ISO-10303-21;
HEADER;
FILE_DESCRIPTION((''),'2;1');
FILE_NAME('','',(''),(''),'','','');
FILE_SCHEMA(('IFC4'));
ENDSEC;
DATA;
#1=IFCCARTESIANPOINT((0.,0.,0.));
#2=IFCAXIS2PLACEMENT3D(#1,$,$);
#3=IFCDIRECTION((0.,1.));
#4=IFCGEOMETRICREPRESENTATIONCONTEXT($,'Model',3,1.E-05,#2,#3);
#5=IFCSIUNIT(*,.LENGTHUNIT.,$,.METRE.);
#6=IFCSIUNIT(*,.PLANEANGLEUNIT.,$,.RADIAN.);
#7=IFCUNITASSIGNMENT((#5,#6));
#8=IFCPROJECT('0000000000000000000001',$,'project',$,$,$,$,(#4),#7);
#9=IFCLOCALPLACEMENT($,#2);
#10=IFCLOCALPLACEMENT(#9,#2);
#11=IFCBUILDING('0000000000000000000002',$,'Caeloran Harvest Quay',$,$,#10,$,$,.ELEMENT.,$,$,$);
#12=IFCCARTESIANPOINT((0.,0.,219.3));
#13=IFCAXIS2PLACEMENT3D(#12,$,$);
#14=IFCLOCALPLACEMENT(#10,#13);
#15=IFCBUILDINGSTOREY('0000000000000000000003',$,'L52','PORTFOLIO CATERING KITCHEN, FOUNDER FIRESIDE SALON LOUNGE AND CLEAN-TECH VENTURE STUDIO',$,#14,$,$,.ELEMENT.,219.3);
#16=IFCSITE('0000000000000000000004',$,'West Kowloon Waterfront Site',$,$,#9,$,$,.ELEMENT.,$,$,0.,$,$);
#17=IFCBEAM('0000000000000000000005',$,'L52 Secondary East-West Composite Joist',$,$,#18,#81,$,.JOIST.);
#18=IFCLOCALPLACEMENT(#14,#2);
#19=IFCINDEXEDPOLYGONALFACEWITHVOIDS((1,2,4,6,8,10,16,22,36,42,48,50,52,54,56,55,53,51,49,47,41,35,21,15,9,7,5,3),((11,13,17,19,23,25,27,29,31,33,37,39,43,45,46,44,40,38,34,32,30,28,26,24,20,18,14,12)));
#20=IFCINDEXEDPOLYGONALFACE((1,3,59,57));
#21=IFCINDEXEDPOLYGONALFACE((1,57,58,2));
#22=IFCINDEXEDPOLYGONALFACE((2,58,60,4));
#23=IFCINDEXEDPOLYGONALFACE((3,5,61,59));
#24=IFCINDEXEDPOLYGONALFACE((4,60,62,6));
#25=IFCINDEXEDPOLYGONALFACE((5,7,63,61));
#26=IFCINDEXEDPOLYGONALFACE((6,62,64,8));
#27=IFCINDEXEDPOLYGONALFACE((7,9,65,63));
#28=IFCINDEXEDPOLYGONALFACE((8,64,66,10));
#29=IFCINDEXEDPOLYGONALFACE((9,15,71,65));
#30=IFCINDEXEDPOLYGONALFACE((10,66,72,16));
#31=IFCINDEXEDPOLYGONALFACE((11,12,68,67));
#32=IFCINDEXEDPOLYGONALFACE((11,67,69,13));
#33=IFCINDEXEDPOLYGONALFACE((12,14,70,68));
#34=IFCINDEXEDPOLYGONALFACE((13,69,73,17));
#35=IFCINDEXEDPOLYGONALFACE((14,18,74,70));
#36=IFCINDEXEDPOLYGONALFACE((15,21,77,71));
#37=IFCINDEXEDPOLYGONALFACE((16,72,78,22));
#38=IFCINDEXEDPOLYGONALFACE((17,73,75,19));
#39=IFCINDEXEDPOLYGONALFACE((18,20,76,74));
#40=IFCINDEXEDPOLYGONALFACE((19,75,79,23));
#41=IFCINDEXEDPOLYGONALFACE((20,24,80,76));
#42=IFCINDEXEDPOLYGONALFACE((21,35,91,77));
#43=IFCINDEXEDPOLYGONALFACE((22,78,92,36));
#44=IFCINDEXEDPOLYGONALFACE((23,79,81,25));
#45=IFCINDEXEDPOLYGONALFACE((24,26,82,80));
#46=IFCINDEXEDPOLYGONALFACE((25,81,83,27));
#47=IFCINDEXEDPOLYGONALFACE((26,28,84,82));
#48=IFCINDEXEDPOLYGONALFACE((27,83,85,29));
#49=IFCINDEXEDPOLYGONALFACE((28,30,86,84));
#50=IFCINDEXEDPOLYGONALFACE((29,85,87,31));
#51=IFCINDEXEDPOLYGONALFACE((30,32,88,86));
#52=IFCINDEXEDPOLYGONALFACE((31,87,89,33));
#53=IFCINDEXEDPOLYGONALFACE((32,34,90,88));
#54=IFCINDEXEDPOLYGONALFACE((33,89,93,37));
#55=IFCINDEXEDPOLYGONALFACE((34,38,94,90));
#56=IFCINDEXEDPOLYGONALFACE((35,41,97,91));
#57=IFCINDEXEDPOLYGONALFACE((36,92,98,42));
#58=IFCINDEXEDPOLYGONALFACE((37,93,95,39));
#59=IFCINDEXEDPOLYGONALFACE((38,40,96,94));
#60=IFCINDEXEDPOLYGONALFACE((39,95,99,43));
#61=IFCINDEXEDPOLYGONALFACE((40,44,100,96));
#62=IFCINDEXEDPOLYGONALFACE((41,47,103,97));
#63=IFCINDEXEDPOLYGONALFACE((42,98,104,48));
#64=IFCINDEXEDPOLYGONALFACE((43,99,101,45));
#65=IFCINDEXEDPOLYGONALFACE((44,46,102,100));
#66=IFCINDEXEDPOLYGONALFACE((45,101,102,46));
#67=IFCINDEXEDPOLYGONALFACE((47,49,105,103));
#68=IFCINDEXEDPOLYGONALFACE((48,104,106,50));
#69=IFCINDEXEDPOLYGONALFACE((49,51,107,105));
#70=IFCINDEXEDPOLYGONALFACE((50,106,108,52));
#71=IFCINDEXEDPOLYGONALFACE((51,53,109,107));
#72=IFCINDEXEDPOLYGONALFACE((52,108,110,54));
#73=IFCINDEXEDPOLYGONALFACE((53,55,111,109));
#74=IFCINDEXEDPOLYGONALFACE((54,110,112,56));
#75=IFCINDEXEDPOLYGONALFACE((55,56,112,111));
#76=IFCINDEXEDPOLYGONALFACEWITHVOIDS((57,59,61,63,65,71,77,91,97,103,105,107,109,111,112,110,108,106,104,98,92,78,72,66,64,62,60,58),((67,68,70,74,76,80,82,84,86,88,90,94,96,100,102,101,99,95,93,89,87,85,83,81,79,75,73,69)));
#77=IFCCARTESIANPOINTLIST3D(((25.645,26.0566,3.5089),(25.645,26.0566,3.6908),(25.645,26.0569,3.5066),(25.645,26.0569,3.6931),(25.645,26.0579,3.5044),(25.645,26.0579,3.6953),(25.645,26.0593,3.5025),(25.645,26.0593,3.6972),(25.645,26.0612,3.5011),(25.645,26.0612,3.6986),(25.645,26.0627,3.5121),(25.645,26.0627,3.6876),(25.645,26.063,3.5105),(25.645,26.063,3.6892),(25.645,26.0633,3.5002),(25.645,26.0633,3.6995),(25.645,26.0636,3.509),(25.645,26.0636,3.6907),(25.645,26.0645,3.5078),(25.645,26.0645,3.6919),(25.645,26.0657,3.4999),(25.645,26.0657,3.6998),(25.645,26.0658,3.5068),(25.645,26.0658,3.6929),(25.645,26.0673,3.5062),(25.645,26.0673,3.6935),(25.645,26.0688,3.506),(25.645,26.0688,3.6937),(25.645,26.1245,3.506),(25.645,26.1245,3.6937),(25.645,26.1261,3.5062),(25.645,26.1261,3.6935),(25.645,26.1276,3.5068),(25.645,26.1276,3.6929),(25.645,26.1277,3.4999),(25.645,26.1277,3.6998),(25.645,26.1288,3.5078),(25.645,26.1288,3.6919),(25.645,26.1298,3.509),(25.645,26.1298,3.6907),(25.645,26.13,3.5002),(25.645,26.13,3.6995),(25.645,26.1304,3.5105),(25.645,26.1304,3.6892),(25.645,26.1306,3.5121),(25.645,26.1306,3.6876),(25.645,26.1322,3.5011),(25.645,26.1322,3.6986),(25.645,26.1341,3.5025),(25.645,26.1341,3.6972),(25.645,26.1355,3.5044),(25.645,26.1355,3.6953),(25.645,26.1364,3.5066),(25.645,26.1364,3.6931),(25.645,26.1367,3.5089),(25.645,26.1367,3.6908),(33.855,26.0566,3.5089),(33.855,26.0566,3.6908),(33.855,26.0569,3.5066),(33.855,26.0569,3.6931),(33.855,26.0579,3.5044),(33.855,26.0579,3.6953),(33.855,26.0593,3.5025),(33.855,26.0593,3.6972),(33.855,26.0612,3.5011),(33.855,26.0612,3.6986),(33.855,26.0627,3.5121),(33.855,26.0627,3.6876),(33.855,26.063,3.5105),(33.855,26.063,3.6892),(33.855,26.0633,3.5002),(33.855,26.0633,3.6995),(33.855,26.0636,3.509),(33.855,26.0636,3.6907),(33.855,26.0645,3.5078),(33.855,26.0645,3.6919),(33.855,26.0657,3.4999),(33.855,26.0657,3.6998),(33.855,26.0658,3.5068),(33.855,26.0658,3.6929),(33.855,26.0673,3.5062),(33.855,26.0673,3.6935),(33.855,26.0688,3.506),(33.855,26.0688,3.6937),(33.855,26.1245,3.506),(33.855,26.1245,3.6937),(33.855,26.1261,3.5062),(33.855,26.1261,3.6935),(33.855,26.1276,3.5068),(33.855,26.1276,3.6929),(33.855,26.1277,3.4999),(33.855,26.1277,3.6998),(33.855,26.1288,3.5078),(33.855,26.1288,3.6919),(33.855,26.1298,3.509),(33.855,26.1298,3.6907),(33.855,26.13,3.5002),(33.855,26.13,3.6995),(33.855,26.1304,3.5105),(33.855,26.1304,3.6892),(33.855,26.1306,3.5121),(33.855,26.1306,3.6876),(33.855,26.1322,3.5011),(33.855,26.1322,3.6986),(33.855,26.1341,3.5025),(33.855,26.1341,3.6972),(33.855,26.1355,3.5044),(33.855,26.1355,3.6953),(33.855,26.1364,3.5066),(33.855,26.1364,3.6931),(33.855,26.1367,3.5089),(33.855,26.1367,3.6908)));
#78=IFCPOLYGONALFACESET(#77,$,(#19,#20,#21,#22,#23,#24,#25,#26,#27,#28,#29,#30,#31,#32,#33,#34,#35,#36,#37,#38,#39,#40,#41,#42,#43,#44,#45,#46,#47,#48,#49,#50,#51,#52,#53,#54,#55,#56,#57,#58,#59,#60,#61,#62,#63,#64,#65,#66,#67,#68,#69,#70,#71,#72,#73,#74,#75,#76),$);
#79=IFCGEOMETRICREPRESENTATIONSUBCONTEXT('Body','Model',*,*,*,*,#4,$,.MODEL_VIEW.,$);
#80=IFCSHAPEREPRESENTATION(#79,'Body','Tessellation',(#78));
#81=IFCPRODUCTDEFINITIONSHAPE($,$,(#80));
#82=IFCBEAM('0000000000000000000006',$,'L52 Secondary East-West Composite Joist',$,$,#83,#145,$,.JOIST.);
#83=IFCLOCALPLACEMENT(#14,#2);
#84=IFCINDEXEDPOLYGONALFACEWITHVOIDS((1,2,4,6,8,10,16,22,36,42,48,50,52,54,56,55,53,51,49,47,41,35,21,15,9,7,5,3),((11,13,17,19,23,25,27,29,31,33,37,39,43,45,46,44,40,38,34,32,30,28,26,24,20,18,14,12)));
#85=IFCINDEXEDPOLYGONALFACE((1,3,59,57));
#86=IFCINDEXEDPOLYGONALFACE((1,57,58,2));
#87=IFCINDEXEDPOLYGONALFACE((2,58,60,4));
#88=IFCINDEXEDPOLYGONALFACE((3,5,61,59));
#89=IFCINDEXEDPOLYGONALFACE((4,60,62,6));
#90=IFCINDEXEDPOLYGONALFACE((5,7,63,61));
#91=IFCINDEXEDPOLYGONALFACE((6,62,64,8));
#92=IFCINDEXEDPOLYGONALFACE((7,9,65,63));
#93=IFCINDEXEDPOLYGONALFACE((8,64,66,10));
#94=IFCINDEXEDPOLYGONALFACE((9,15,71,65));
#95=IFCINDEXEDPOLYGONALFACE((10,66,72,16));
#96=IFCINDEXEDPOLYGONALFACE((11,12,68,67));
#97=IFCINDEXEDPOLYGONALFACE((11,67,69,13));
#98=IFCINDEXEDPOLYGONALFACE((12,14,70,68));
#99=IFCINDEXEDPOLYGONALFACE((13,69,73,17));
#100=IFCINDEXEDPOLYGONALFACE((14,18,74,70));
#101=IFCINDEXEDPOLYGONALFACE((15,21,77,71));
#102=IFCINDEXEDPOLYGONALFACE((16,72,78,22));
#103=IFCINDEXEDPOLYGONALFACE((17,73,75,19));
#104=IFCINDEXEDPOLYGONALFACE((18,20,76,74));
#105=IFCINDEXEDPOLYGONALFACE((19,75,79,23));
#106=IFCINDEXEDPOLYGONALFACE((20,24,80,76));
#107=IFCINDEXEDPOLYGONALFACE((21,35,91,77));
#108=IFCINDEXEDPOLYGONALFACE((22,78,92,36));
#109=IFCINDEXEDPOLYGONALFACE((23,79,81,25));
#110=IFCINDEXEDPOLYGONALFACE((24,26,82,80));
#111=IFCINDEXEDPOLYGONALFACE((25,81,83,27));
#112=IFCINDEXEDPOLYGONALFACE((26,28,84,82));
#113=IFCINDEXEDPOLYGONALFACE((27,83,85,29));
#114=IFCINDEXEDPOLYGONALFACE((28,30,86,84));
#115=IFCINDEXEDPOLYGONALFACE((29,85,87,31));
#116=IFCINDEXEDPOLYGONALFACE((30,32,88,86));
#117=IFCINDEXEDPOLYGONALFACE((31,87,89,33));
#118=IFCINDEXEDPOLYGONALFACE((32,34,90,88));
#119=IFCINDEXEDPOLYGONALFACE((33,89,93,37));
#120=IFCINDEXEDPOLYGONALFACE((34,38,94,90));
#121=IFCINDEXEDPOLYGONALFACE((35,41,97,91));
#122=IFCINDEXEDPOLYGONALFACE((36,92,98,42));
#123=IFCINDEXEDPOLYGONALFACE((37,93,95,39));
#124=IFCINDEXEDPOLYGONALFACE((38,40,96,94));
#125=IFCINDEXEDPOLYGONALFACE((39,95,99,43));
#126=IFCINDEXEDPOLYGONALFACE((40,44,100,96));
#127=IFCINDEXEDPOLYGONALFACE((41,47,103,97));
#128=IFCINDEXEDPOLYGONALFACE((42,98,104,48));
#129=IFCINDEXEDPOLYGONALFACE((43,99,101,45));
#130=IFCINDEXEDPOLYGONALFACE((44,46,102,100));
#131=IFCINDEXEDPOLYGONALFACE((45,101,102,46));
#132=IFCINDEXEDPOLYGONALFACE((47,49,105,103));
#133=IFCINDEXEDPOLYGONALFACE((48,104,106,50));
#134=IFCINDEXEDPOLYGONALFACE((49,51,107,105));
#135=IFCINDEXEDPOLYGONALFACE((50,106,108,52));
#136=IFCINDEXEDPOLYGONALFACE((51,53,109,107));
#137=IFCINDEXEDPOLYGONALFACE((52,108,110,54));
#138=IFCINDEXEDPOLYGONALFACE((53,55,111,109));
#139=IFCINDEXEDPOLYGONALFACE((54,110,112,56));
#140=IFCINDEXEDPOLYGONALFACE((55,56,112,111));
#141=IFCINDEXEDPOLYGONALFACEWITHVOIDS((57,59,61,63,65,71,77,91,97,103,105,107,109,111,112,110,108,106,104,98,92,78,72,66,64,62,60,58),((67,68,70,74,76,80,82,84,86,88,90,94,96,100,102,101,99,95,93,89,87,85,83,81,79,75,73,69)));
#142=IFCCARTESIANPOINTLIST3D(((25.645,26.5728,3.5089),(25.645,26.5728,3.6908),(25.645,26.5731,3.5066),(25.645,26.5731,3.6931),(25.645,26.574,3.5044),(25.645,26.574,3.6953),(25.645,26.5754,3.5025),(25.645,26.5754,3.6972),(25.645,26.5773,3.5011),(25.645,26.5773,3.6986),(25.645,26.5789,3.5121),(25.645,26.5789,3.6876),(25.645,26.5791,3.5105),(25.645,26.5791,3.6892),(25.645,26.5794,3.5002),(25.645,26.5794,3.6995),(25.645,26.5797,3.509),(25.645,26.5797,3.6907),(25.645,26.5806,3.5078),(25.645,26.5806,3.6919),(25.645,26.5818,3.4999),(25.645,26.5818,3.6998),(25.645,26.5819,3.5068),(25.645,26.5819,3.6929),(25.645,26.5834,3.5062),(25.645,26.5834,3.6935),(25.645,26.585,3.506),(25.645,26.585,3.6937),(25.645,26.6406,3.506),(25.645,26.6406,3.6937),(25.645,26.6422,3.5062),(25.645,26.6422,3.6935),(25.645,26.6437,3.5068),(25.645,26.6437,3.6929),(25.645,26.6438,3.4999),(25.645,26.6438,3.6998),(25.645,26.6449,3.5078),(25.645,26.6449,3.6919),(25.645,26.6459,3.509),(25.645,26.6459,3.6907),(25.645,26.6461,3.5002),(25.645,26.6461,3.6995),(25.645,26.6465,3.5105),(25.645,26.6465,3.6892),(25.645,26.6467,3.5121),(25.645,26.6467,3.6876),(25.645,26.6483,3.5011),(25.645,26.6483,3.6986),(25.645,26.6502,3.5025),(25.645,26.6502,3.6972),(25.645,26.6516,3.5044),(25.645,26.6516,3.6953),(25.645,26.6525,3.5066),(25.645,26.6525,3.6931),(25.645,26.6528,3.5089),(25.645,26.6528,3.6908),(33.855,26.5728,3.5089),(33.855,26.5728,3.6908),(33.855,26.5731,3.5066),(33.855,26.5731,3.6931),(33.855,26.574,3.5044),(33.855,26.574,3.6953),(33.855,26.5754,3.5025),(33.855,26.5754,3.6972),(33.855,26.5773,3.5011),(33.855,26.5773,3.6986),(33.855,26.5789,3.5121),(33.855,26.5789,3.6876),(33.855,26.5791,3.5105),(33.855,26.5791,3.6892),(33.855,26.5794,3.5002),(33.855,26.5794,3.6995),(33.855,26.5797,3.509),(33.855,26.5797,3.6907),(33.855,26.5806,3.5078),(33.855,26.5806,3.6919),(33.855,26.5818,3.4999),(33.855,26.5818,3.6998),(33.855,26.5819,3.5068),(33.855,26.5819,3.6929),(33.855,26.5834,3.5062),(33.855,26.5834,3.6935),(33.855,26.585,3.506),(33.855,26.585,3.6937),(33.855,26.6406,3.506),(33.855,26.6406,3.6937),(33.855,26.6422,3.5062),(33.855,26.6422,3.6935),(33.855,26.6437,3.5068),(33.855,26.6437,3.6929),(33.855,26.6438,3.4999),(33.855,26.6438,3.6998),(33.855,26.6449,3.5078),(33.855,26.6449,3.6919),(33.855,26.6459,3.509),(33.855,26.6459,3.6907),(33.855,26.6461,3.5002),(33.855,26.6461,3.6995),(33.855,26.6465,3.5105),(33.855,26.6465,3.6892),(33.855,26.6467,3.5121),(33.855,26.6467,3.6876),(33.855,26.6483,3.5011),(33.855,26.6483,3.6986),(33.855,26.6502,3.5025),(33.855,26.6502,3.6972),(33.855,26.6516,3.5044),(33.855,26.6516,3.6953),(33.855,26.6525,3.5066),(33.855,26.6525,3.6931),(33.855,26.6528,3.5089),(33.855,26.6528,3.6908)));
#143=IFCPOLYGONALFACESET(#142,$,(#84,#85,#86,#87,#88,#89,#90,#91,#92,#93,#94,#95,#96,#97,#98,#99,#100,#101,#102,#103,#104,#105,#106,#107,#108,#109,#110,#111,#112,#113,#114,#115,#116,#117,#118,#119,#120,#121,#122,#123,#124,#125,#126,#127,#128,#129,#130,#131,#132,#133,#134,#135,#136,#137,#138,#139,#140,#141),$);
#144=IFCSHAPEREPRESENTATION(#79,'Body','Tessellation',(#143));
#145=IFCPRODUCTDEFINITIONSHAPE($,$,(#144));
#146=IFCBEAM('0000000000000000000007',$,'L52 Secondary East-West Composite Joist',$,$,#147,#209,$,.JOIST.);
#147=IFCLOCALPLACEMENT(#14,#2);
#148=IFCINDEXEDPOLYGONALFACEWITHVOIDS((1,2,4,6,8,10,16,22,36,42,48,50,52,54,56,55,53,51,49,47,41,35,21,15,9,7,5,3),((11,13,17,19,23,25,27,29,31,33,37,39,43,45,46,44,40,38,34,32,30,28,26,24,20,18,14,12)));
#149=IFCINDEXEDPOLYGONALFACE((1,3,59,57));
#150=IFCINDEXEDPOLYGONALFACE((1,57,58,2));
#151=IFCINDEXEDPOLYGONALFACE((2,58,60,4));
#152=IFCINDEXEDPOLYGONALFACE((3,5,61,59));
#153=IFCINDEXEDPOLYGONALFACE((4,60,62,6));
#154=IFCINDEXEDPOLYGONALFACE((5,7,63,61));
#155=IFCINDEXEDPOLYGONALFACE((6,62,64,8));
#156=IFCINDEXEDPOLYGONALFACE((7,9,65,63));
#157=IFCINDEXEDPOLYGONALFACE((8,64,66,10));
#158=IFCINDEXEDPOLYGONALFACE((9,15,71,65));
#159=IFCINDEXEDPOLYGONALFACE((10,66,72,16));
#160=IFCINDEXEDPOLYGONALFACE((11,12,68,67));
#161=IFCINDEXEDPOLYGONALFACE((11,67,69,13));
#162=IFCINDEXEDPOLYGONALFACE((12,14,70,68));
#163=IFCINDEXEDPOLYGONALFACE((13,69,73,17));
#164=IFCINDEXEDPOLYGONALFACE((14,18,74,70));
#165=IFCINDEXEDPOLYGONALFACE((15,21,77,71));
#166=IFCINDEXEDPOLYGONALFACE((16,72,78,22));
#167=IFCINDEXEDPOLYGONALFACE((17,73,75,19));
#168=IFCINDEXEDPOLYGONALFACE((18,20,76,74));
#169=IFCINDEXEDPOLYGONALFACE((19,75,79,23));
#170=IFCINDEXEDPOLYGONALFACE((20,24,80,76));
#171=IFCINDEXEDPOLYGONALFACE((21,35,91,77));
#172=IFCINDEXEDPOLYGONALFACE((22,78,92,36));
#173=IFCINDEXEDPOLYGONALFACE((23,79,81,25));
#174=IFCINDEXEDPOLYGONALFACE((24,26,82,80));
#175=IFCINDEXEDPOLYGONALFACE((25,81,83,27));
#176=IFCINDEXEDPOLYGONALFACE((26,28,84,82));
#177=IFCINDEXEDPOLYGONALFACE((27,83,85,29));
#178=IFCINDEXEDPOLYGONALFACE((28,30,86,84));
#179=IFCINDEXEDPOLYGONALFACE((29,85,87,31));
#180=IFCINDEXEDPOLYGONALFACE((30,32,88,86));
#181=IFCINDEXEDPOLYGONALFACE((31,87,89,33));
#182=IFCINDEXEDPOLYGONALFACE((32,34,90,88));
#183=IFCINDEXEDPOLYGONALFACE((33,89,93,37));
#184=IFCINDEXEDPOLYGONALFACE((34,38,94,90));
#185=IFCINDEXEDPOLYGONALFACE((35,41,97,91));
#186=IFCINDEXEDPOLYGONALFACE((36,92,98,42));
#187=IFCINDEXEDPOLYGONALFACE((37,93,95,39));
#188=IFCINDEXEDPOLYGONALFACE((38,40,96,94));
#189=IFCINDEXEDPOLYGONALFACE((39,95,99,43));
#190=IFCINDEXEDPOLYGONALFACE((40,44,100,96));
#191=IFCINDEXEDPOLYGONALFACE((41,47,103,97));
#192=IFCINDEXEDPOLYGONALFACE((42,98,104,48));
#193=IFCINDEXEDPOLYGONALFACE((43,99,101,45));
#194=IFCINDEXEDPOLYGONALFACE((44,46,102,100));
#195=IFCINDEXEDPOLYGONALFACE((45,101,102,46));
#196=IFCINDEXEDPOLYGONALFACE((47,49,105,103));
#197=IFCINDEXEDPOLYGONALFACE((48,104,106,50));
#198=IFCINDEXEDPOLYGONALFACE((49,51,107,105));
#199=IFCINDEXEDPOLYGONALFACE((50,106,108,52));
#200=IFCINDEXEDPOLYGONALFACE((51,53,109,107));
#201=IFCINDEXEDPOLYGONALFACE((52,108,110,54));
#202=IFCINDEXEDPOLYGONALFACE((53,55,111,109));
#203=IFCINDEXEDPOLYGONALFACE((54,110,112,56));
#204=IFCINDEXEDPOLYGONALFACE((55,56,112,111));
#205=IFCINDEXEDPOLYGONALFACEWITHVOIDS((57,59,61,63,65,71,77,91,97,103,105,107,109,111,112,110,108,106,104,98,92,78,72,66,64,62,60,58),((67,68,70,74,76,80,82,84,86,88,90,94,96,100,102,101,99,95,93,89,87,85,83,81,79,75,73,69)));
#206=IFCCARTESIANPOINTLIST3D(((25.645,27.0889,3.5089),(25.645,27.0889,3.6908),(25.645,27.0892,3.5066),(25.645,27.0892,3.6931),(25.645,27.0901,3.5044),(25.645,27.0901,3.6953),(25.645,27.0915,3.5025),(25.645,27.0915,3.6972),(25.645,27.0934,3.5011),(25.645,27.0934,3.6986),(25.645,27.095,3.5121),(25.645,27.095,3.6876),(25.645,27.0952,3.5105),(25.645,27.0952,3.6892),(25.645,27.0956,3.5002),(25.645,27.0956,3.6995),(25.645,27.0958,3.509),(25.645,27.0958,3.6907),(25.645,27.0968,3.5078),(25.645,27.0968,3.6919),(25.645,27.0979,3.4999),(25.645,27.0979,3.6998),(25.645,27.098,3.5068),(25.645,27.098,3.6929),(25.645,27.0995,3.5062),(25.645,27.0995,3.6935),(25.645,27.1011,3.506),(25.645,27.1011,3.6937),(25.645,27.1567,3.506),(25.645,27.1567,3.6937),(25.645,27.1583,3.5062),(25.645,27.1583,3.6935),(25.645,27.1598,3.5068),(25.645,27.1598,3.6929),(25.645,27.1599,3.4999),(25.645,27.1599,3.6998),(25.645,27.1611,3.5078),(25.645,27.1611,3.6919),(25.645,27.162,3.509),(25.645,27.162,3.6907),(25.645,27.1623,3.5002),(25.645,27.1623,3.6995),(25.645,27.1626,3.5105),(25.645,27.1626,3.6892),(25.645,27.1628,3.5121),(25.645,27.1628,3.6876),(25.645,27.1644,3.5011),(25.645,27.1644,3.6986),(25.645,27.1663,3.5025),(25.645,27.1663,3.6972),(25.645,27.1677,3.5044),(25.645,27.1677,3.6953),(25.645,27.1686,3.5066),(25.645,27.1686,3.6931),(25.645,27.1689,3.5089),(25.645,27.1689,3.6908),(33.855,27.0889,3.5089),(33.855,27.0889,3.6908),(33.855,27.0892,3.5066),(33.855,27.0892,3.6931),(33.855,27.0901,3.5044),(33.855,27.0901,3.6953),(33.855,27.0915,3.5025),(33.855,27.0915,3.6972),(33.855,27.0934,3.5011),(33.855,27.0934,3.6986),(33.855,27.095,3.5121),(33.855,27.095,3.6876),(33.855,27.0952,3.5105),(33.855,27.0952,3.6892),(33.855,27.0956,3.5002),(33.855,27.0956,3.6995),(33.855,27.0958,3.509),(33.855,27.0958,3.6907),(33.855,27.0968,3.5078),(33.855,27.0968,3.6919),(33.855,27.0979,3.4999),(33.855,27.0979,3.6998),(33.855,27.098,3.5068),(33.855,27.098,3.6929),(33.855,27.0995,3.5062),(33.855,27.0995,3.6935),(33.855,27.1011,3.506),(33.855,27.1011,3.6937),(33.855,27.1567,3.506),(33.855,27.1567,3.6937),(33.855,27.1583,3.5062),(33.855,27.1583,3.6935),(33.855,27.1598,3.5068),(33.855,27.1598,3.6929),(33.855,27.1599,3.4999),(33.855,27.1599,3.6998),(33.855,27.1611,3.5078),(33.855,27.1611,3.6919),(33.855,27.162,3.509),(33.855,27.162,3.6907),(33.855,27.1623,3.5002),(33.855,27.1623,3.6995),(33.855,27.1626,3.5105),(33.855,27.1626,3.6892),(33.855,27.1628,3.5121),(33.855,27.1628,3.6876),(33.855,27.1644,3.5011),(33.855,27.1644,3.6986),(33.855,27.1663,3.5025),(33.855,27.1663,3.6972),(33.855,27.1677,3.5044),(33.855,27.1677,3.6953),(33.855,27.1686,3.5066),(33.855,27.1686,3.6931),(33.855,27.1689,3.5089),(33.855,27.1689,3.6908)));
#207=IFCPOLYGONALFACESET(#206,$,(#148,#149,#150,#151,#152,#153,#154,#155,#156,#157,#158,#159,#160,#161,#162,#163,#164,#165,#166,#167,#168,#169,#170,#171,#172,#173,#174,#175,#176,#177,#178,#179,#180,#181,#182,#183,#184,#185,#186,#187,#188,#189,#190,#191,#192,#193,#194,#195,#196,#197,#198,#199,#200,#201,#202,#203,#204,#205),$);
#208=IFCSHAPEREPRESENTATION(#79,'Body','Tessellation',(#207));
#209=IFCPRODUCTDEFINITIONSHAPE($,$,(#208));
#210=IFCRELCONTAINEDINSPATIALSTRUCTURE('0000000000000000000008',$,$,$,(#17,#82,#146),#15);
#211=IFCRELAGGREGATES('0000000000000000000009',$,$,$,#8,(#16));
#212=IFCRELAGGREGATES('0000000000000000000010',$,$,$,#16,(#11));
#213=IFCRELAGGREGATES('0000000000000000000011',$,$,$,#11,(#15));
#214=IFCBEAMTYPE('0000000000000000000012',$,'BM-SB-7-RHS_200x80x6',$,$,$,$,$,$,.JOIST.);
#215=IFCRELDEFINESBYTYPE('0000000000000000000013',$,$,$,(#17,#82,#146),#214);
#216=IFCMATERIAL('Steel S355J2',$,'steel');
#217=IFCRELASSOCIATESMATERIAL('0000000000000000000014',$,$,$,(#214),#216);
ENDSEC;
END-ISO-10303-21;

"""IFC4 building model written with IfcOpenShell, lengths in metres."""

from ifc_helpers import new_model, si_unit, direction, frame, origin, origin_2d, place, context, subcontext, project, spatial, hollow_rectangle, extrude, material, material_profile, profile_set, type_object, element, save


model = new_model("IFC4")

# Units and contexts
model_context = context("Model", 3, precision=1e-05, world=origin(), true_north=direction((0.0, 1.0)))
body_context = subcontext(model_context, "Body", "Model", "MODEL_VIEW")
ifc_project = project(units=[si_unit("LENGTHUNIT", "METRE"), si_unit("PLANEANGLEUNIT", "RADIAN")], contexts=[model_context])

# Site, building, storey
site_placement = place(None, origin())
site = spatial("IfcSite", under=ifc_project, at=site_placement, Name="West Kowloon Waterfront Site", CompositionType="ELEMENT", RefElevation=0.0)
building_placement = place(site_placement, origin())
building = spatial("IfcBuilding", under=site, at=building_placement, Name="Caeloran Harvest Quay", CompositionType="ELEMENT")
storey_placement = place(building_placement, frame((0.0, 0.0, 219.3)))
storey = spatial("IfcBuildingStorey", under=building, at=storey_placement, Name="L52", Description="PORTFOLIO CATERING KITCHEN, FOUNDER FIRESIDE SALON LOUNGE AND CLEAN-TECH VENTURE STUDIO", CompositionType="ELEMENT", Elevation=219.3)

# Beams
ifc_material_1 = material(Name="Steel S355J2", Category="steel")
ifc_material_profile_1 = material_profile(ifc_material_1, hollow_rectangle(XDim=0.0801, YDim=0.2, WallThickness=0.0061, InnerFilletRadius=0.0061, OuterFilletRadius=0.009, at=origin_2d()), Name="RHS 200x80x6")
ifc_profile_set_1 = profile_set([ifc_material_profile_1], Name="Steel S355J2")
beam_type_1 = type_object("IfcBeamType", Name="BM-SB-7-RHS_200x80x6", PredefinedType="JOIST", material=ifc_profile_set_1)
for number, where, z_axis, x_axis, name in (
    (1, (25.645, 26.0967, 3.5999), (1.0, 0.0, 0.0), (0.0, 1.0, 0.0), "L52 Secondary East-West Composite Joist"),
    (2, (25.645, 26.6128, 3.5999), (1.0, 0.0, 0.0), (0.0, 1.0, 0.0), "L52 Secondary East-West Composite Joist"),
    (3, (25.645, 27.1289, 3.5999), (1.0, 0.0, 0.0), (0.0, 1.0, 0.0), "L52 Secondary East-West Composite Joist"),
):
    element("IfcBeam", number, at=place(storey_placement, frame(where, z_axis=z_axis, x_axis=x_axis)), inside=storey, type_object=beam_type_1, Name=name, PredefinedType="JOIST", context=body_context, shape_type="SweptSolid", body=[
        extrude(hollow_rectangle(XDim=0.0801, YDim=0.2, WallThickness=0.0061, InnerFilletRadius=0.0061, OuterFilletRadius=0.009, at=origin_2d()), origin(), (0.0, 0.0, 1.0), 8.21),
    ])

save(model, "model.ifc")
